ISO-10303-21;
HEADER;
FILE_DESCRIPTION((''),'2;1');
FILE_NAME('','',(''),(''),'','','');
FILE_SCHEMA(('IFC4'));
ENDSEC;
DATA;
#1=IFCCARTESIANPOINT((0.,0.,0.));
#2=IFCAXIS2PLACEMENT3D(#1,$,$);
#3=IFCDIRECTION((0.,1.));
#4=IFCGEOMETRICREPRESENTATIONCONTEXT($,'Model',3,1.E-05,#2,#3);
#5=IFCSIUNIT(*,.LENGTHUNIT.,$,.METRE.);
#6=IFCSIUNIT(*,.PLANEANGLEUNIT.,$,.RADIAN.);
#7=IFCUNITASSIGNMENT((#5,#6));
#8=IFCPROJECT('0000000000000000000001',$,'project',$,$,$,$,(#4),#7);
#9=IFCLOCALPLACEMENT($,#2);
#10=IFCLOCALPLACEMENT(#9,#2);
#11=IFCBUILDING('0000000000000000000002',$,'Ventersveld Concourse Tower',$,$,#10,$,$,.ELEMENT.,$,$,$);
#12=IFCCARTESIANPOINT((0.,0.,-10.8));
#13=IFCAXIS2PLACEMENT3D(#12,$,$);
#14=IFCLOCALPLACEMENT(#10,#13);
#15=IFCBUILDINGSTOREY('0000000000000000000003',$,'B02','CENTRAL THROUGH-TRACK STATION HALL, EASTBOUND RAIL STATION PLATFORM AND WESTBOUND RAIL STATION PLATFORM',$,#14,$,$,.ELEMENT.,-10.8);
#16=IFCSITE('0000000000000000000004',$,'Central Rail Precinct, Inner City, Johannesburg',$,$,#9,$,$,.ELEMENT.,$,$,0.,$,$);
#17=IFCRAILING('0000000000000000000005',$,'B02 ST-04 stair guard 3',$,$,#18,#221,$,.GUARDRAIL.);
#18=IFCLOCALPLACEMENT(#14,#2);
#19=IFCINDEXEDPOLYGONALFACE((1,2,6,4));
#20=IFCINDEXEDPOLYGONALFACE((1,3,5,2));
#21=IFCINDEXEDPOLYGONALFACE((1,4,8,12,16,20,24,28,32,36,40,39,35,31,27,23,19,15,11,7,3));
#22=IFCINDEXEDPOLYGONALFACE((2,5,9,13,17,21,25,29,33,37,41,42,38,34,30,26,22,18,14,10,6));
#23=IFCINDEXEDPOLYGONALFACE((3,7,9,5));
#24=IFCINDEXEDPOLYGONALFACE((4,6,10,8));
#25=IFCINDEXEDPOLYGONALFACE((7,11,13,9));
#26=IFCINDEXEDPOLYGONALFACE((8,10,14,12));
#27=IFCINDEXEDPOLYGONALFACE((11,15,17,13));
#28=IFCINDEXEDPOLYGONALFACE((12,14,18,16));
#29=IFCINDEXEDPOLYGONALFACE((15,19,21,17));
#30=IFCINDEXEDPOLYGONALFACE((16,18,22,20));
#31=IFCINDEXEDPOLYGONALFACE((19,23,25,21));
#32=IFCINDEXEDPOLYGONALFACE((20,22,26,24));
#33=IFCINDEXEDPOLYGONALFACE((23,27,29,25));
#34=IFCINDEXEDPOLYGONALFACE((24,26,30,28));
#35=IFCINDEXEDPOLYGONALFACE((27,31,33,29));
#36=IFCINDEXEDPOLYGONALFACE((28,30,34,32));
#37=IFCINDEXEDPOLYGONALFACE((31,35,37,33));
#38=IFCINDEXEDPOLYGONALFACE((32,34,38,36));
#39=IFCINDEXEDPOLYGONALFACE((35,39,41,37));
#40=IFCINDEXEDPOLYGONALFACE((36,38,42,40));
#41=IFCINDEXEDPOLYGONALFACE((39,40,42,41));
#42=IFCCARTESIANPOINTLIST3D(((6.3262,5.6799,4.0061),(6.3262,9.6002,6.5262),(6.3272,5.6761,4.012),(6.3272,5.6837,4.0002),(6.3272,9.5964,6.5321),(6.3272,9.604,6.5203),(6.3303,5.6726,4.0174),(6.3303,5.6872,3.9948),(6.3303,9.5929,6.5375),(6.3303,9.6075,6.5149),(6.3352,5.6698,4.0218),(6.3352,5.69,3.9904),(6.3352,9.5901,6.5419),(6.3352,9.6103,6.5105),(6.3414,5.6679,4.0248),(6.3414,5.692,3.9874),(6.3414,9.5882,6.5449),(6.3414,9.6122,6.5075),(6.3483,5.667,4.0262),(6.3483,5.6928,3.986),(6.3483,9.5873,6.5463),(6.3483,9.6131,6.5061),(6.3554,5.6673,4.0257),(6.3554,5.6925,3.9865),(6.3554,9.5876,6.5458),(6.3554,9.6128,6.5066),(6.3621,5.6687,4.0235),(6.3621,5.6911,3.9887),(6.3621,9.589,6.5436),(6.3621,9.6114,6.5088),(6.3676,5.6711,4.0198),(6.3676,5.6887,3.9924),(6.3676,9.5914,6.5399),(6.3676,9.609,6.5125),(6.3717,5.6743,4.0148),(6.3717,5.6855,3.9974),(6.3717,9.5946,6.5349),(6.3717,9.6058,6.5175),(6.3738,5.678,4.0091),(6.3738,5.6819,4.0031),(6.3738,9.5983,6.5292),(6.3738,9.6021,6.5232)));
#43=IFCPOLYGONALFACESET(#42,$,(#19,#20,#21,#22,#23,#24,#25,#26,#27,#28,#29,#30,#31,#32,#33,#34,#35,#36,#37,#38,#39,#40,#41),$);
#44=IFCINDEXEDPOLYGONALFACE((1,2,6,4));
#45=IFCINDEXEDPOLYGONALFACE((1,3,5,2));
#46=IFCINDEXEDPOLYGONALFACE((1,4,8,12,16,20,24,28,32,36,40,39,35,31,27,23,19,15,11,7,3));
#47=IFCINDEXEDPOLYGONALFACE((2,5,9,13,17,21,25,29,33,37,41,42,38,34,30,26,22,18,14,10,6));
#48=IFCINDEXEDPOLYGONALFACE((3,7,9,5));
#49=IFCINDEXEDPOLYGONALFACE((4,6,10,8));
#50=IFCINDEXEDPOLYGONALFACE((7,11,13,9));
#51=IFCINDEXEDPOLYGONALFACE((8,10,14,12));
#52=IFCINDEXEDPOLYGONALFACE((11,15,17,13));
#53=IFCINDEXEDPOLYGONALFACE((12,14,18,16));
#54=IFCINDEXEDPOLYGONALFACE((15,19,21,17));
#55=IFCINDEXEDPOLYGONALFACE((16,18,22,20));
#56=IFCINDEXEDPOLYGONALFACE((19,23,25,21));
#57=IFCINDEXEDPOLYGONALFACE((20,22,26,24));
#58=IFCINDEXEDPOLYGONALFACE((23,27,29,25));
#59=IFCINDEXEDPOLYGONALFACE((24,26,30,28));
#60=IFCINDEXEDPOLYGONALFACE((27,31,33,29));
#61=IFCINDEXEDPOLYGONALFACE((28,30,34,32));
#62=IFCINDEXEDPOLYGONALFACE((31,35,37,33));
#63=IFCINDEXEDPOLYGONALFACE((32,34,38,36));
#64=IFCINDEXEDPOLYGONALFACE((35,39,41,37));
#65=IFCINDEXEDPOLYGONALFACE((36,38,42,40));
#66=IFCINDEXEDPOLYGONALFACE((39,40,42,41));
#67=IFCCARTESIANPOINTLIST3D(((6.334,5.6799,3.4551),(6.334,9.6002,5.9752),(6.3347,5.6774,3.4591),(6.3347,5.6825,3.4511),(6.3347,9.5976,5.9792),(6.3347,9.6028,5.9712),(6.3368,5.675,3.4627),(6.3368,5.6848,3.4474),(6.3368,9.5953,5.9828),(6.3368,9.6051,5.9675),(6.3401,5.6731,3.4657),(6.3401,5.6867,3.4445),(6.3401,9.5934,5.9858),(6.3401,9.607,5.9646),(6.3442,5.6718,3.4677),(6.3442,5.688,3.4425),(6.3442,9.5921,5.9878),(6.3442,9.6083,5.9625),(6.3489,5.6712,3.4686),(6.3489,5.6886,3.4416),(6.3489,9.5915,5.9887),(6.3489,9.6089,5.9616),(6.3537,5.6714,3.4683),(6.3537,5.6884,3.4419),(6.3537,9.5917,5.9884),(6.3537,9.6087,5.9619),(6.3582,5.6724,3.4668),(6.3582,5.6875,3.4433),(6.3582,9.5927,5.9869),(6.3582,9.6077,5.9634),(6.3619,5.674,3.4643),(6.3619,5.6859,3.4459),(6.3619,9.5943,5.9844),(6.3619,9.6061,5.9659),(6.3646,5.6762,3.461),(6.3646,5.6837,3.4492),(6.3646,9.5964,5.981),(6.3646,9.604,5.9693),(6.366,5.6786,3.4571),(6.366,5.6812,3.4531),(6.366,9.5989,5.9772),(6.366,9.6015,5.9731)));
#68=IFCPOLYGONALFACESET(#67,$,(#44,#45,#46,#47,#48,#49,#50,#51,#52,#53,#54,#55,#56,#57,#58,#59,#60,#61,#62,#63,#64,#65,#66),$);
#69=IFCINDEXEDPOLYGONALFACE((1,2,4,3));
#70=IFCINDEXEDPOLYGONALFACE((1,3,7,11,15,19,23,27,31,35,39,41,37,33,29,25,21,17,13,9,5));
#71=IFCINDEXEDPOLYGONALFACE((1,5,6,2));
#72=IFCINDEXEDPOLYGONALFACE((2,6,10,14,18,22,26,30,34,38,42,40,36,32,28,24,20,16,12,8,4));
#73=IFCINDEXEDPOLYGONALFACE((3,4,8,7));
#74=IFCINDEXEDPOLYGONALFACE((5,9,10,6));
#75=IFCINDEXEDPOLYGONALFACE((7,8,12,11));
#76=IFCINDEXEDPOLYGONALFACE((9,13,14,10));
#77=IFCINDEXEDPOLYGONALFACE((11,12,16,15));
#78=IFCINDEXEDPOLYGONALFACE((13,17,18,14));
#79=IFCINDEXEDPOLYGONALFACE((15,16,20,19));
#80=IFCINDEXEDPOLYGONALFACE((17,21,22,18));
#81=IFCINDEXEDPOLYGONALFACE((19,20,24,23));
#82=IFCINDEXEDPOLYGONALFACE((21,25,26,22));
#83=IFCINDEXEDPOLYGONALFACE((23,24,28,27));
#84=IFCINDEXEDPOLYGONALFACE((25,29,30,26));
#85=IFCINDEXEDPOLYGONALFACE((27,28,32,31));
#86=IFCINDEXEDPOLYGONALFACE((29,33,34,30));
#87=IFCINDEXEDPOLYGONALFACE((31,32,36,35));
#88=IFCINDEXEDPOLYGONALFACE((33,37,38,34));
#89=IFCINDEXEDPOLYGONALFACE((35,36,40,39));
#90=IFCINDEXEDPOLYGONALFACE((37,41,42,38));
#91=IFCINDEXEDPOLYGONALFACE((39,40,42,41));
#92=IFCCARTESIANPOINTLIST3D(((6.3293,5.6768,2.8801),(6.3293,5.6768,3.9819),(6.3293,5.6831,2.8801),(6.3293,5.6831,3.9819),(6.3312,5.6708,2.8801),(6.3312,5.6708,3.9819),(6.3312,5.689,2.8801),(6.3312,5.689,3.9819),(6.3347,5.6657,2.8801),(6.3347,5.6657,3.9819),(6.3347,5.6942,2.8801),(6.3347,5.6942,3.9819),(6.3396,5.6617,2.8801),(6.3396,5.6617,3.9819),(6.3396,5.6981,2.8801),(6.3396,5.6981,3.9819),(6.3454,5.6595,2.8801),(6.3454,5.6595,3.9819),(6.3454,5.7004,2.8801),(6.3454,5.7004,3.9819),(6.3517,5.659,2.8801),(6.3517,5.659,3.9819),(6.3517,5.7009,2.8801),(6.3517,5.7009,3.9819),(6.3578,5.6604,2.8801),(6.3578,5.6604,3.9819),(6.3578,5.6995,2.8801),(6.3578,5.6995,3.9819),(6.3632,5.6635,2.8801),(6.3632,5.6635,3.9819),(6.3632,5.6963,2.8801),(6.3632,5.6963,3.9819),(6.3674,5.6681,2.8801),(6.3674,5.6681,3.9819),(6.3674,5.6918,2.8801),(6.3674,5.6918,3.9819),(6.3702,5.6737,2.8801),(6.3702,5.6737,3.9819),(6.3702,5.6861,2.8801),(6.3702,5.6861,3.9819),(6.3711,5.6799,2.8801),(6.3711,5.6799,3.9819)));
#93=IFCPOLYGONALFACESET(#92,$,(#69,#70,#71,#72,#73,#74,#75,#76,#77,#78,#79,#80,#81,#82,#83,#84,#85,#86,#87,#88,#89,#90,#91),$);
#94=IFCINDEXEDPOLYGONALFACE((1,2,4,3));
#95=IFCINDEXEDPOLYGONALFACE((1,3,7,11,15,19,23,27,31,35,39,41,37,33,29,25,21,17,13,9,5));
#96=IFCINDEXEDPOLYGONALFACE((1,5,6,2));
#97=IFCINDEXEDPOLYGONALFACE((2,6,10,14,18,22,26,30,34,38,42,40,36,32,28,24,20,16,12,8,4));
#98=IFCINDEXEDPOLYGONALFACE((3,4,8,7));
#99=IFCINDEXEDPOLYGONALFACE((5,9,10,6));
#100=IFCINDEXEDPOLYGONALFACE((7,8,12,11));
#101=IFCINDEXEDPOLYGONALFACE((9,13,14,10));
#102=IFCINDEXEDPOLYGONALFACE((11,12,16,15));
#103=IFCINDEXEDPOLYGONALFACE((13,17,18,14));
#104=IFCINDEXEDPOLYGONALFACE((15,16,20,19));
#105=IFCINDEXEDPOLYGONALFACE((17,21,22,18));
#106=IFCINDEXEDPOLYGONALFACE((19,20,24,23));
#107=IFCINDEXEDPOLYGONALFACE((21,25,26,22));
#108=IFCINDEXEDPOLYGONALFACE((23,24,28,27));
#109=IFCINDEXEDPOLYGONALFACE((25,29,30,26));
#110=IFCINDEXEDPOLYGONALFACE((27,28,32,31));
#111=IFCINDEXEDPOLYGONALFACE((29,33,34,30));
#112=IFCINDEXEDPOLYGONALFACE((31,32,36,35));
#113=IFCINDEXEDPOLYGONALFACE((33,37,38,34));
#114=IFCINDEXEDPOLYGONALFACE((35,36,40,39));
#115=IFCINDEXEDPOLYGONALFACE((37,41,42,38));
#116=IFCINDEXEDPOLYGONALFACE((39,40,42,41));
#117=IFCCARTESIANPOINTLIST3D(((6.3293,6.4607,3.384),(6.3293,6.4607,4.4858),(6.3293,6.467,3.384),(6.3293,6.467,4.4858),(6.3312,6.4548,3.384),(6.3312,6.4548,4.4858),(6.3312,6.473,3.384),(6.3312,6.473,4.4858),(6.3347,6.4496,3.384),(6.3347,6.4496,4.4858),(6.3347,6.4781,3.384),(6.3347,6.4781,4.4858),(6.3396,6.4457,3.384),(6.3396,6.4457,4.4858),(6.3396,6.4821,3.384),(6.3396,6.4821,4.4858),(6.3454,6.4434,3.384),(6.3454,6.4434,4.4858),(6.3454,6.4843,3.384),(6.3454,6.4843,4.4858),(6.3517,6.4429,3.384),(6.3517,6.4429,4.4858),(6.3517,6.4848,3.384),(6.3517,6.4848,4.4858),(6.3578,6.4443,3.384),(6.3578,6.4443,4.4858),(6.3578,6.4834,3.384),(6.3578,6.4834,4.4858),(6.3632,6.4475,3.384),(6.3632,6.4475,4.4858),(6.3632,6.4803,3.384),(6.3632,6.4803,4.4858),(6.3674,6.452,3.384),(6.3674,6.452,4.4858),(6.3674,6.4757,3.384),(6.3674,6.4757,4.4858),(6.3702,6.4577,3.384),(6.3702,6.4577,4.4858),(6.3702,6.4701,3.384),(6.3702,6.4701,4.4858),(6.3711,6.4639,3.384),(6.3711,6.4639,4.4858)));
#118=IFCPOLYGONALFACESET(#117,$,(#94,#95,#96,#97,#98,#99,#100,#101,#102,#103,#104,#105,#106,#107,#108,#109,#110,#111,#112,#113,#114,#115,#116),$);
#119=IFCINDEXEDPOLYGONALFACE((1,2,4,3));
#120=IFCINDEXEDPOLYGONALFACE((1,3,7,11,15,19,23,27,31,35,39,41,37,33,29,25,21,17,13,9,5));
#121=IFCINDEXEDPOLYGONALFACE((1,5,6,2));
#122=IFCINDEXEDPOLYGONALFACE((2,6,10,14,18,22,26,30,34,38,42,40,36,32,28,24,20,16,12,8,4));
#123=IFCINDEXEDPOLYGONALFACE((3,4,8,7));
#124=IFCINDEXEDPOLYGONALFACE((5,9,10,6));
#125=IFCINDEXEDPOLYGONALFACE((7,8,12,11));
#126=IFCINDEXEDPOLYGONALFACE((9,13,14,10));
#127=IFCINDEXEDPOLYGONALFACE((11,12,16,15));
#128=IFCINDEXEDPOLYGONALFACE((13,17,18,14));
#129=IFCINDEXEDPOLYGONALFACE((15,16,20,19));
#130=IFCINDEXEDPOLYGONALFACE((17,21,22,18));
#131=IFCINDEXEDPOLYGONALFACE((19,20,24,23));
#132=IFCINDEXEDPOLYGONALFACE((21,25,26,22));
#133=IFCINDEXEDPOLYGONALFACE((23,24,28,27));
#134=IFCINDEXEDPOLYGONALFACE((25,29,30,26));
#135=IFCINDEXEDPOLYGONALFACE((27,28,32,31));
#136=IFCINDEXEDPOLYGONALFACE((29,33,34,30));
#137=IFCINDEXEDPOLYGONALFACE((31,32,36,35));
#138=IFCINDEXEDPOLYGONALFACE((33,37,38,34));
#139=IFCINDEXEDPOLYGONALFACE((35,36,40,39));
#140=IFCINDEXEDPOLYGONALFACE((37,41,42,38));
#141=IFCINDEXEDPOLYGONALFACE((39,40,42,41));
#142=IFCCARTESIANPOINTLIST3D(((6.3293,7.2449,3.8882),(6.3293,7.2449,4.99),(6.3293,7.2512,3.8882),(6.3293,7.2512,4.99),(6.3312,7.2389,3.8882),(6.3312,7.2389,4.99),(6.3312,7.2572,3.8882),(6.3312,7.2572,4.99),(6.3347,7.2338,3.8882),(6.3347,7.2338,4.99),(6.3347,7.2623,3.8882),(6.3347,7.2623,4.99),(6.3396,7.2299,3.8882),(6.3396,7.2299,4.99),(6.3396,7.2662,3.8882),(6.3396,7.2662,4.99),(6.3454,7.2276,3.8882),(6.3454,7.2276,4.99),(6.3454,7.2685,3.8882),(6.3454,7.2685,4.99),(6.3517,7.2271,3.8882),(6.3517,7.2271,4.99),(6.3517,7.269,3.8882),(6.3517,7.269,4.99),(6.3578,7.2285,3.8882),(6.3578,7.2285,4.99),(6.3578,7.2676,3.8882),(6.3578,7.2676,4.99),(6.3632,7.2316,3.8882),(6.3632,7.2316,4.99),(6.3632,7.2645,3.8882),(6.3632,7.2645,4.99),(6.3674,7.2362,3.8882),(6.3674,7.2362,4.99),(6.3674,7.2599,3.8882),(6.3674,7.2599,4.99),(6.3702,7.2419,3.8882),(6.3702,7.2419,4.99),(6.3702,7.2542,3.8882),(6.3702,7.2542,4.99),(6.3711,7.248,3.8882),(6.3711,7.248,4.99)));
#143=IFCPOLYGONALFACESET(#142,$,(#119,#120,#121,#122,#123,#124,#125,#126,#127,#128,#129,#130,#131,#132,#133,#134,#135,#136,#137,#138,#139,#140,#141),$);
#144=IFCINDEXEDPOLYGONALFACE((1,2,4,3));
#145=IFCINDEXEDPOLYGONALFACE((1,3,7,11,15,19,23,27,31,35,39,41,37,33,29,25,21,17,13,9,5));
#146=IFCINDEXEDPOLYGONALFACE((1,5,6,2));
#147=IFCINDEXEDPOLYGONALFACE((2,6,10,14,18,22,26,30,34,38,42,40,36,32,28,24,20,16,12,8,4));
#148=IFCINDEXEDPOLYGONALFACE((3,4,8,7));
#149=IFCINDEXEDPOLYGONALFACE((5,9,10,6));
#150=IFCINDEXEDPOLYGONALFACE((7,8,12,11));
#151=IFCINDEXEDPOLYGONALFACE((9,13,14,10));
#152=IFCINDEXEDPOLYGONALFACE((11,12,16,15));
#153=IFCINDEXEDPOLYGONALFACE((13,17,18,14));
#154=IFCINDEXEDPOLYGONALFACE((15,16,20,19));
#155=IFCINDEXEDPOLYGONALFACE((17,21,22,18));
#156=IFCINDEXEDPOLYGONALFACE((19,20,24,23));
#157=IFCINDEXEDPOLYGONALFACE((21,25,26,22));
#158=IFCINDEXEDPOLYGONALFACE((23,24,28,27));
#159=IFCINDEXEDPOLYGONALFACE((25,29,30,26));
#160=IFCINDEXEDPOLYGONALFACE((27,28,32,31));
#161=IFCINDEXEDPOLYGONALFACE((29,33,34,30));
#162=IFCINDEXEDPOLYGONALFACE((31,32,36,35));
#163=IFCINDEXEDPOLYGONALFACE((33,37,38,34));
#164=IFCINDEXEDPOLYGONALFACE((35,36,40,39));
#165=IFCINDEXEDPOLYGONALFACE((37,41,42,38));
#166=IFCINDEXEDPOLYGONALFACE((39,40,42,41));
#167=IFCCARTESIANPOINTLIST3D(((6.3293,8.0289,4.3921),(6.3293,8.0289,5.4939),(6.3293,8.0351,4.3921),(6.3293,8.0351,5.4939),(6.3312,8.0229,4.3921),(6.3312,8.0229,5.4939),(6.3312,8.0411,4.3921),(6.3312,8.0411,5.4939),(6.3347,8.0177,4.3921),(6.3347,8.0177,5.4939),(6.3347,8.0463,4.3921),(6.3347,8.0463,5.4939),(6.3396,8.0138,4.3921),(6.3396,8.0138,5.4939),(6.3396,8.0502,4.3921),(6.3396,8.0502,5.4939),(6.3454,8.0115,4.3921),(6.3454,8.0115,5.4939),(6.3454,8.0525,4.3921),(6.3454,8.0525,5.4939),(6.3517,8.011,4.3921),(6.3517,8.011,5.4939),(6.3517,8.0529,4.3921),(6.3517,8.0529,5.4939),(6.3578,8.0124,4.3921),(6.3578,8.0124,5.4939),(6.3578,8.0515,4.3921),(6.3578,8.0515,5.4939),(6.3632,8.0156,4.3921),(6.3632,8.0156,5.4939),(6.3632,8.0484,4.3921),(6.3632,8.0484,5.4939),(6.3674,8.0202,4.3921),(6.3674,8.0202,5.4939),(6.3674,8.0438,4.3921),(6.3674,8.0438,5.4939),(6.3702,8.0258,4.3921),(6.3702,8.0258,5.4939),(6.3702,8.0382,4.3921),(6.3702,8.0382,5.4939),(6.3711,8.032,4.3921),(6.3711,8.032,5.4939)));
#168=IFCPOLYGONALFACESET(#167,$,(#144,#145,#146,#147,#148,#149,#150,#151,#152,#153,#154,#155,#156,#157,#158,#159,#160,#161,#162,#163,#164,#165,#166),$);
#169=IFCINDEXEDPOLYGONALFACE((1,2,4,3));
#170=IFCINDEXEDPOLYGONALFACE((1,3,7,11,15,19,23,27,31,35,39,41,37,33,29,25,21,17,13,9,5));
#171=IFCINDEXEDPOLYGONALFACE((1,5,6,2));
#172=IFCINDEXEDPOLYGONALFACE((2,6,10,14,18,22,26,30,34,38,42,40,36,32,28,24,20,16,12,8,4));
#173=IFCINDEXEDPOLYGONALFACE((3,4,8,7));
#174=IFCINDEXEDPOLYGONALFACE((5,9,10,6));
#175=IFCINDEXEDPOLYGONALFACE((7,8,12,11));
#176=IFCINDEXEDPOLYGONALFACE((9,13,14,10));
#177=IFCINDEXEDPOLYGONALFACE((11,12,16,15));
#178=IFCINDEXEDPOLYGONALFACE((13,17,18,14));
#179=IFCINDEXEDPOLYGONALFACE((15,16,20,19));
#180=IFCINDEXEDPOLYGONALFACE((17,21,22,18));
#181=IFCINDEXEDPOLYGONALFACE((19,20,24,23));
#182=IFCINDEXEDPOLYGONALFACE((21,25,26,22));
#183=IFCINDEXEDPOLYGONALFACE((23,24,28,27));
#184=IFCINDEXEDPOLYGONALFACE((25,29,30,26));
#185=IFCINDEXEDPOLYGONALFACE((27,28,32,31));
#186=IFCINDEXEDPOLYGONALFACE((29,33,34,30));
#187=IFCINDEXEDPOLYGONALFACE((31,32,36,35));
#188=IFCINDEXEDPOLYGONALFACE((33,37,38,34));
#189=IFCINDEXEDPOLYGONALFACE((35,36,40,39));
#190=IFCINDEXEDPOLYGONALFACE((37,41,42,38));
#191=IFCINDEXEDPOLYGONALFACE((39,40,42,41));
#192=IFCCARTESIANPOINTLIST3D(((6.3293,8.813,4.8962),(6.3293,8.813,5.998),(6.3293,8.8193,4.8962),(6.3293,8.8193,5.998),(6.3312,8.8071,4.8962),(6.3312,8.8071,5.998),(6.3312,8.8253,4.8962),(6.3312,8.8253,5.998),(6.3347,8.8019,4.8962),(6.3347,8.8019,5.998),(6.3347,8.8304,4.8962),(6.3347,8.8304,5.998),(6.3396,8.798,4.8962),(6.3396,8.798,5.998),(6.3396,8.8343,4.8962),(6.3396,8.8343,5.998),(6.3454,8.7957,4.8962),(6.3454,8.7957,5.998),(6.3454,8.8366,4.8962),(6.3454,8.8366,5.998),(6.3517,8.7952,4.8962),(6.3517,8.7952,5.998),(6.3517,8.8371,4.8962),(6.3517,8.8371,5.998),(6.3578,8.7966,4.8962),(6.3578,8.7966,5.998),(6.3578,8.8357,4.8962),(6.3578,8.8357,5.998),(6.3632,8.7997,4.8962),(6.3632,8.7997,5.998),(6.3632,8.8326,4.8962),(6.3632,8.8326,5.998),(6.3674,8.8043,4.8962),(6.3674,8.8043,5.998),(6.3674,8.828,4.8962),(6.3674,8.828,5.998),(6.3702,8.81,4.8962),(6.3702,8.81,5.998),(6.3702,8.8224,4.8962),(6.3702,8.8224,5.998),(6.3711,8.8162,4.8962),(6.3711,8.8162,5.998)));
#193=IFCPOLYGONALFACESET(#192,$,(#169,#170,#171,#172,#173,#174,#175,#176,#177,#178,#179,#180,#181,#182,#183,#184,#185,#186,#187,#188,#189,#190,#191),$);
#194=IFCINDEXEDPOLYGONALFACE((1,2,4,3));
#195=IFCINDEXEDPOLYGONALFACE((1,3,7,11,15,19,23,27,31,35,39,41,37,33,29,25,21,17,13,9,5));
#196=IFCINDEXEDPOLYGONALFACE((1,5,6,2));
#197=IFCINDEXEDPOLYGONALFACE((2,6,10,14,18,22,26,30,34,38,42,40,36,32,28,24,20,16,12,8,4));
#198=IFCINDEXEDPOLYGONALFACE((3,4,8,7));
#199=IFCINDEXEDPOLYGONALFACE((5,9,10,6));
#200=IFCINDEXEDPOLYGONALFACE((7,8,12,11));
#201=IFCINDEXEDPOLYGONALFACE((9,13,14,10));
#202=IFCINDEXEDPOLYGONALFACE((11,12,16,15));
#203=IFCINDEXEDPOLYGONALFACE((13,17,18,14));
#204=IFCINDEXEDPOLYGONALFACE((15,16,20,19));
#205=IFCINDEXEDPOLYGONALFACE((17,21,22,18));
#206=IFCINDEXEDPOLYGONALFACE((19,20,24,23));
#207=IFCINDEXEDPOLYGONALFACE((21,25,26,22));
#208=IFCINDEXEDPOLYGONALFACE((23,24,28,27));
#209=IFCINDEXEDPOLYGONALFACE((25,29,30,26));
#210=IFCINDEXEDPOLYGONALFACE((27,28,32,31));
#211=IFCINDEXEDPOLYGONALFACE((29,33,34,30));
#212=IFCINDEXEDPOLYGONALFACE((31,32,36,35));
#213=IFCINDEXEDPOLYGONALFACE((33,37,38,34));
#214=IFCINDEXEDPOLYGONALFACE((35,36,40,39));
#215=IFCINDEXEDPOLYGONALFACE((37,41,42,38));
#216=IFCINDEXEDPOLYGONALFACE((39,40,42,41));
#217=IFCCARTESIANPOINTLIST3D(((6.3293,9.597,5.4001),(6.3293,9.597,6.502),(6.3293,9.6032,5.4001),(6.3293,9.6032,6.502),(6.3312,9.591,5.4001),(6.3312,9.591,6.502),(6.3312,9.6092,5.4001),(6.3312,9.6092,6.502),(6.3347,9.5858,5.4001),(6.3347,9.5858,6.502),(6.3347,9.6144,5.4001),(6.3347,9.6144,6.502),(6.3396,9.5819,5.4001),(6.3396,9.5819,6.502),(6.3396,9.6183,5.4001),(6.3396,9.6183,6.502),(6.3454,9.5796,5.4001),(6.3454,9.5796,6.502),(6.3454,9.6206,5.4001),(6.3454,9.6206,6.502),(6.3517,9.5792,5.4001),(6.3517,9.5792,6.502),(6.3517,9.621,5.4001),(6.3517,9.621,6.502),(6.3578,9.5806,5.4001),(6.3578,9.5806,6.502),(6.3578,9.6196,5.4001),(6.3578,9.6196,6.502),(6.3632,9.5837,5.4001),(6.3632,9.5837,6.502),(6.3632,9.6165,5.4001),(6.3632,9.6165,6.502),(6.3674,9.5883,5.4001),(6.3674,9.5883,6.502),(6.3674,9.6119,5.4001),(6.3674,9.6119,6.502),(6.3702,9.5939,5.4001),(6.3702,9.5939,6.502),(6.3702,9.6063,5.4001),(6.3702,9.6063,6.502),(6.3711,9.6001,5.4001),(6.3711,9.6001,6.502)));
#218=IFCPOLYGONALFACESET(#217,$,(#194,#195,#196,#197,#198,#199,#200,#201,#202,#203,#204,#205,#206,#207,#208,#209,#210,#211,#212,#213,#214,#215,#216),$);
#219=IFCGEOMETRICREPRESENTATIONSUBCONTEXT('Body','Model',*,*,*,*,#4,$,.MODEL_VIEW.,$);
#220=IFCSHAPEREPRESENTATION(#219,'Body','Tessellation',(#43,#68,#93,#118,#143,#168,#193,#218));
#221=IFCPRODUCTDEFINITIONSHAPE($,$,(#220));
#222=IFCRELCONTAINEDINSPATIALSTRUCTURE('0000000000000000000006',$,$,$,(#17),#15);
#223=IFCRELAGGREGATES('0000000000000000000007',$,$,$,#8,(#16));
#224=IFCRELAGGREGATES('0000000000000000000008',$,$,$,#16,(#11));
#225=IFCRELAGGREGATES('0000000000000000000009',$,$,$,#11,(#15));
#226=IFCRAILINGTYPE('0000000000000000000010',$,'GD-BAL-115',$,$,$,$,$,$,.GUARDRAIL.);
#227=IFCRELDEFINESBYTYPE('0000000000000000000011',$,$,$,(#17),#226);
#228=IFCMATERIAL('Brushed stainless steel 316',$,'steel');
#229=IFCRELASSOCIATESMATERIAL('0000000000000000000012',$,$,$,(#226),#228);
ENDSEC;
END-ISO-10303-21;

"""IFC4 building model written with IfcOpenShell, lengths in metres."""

from ifc_helpers import new_model, si_unit, direction, frame, origin, origin_2d, place, context, subcontext, project, spatial, circle, extrude, material, type_object, element, save


model = new_model("IFC4")

# Units and contexts
model_context = context("Model", 3, precision=1e-05, world=origin(), true_north=direction((0.0, 1.0)))
body_context = subcontext(model_context, "Body", "Model", "MODEL_VIEW")
ifc_project = project(units=[si_unit("LENGTHUNIT", "METRE"), si_unit("PLANEANGLEUNIT", "RADIAN")], contexts=[model_context])

# Site, building, storey
site_placement = place(None, origin())
site = spatial("IfcSite", under=ifc_project, at=site_placement, Name="Central Rail Precinct, Inner City, Johannesburg", CompositionType="ELEMENT", RefElevation=0.0)
building_placement = place(site_placement, origin())
building = spatial("IfcBuilding", under=site, at=building_placement, Name="Ventersveld Concourse Tower", CompositionType="ELEMENT")
storey_placement = place(building_placement, frame((0.0, 0.0, -10.8)))
storey = spatial("IfcBuildingStorey", under=building, at=storey_placement, Name="B02", Description="CENTRAL THROUGH-TRACK STATION HALL, EASTBOUND RAIL STATION PLATFORM AND WESTBOUND RAIL STATION PLATFORM", CompositionType="ELEMENT", Elevation=-10.8)

# Railing
ifc_material_1 = material(Name="Brushed stainless steel 316", Category="steel")
railing_type_1 = type_object("IfcRailingType", Name="GD-BAL-115", PredefinedType="GUARDRAIL", material=ifc_material_1)
railing_1_placement = place(storey_placement, frame((6.3501, 5.6799, 2.8801)))
element("IfcRailing", 1, at=railing_1_placement, inside=storey, type_object=railing_type_1, Name="B02 ST-04 stair guard 3", PredefinedType="GUARDRAIL", context=body_context, shape_type="SweptSolid", body=[
    extrude(circle(Radius=0.0239, at=origin_2d()), frame((0.0, 0.0, 1.126), z_axis=(0.0, 0.841187, 0.540744), x_axis=(-1.0, 0.0, 0.0)), (0.0, 0.0, 1.0), 4.6604),
    extrude(circle(Radius=0.0161, at=origin_2d()), frame((0.0, 0.0, 0.575), z_axis=(0.0, 0.841187, 0.540744), x_axis=(-1.0, 0.0, 0.0)), (0.0, 0.0, 1.0), 4.6604),
    extrude(circle(Radius=0.021, at=origin_2d()), origin(), (0.0, 0.0, 1.0), 1.1018),
    extrude(circle(Radius=0.021, at=origin_2d()), frame((0.0, 0.7839, 0.5039)), (0.0, 0.0, 1.0), 1.1018),
    extrude(circle(Radius=0.021, at=origin_2d()), frame((0.0, 1.5681, 1.0081)), (0.0, 0.0, 1.0), 1.1018),
    extrude(circle(Radius=0.021, at=origin_2d()), frame((0.0, 2.3521, 1.512)), (0.0, 0.0, 1.0), 1.1018),
    extrude(circle(Radius=0.021, at=origin_2d()), frame((0.0, 3.1362, 2.0161)), (0.0, 0.0, 1.0), 1.1018),
    extrude(circle(Radius=0.021, at=origin_2d()), frame((0.0, 3.9202, 2.52)), (0.0, 0.0, 1.0), 1.1018),
])

save(model, "model.ifc")
